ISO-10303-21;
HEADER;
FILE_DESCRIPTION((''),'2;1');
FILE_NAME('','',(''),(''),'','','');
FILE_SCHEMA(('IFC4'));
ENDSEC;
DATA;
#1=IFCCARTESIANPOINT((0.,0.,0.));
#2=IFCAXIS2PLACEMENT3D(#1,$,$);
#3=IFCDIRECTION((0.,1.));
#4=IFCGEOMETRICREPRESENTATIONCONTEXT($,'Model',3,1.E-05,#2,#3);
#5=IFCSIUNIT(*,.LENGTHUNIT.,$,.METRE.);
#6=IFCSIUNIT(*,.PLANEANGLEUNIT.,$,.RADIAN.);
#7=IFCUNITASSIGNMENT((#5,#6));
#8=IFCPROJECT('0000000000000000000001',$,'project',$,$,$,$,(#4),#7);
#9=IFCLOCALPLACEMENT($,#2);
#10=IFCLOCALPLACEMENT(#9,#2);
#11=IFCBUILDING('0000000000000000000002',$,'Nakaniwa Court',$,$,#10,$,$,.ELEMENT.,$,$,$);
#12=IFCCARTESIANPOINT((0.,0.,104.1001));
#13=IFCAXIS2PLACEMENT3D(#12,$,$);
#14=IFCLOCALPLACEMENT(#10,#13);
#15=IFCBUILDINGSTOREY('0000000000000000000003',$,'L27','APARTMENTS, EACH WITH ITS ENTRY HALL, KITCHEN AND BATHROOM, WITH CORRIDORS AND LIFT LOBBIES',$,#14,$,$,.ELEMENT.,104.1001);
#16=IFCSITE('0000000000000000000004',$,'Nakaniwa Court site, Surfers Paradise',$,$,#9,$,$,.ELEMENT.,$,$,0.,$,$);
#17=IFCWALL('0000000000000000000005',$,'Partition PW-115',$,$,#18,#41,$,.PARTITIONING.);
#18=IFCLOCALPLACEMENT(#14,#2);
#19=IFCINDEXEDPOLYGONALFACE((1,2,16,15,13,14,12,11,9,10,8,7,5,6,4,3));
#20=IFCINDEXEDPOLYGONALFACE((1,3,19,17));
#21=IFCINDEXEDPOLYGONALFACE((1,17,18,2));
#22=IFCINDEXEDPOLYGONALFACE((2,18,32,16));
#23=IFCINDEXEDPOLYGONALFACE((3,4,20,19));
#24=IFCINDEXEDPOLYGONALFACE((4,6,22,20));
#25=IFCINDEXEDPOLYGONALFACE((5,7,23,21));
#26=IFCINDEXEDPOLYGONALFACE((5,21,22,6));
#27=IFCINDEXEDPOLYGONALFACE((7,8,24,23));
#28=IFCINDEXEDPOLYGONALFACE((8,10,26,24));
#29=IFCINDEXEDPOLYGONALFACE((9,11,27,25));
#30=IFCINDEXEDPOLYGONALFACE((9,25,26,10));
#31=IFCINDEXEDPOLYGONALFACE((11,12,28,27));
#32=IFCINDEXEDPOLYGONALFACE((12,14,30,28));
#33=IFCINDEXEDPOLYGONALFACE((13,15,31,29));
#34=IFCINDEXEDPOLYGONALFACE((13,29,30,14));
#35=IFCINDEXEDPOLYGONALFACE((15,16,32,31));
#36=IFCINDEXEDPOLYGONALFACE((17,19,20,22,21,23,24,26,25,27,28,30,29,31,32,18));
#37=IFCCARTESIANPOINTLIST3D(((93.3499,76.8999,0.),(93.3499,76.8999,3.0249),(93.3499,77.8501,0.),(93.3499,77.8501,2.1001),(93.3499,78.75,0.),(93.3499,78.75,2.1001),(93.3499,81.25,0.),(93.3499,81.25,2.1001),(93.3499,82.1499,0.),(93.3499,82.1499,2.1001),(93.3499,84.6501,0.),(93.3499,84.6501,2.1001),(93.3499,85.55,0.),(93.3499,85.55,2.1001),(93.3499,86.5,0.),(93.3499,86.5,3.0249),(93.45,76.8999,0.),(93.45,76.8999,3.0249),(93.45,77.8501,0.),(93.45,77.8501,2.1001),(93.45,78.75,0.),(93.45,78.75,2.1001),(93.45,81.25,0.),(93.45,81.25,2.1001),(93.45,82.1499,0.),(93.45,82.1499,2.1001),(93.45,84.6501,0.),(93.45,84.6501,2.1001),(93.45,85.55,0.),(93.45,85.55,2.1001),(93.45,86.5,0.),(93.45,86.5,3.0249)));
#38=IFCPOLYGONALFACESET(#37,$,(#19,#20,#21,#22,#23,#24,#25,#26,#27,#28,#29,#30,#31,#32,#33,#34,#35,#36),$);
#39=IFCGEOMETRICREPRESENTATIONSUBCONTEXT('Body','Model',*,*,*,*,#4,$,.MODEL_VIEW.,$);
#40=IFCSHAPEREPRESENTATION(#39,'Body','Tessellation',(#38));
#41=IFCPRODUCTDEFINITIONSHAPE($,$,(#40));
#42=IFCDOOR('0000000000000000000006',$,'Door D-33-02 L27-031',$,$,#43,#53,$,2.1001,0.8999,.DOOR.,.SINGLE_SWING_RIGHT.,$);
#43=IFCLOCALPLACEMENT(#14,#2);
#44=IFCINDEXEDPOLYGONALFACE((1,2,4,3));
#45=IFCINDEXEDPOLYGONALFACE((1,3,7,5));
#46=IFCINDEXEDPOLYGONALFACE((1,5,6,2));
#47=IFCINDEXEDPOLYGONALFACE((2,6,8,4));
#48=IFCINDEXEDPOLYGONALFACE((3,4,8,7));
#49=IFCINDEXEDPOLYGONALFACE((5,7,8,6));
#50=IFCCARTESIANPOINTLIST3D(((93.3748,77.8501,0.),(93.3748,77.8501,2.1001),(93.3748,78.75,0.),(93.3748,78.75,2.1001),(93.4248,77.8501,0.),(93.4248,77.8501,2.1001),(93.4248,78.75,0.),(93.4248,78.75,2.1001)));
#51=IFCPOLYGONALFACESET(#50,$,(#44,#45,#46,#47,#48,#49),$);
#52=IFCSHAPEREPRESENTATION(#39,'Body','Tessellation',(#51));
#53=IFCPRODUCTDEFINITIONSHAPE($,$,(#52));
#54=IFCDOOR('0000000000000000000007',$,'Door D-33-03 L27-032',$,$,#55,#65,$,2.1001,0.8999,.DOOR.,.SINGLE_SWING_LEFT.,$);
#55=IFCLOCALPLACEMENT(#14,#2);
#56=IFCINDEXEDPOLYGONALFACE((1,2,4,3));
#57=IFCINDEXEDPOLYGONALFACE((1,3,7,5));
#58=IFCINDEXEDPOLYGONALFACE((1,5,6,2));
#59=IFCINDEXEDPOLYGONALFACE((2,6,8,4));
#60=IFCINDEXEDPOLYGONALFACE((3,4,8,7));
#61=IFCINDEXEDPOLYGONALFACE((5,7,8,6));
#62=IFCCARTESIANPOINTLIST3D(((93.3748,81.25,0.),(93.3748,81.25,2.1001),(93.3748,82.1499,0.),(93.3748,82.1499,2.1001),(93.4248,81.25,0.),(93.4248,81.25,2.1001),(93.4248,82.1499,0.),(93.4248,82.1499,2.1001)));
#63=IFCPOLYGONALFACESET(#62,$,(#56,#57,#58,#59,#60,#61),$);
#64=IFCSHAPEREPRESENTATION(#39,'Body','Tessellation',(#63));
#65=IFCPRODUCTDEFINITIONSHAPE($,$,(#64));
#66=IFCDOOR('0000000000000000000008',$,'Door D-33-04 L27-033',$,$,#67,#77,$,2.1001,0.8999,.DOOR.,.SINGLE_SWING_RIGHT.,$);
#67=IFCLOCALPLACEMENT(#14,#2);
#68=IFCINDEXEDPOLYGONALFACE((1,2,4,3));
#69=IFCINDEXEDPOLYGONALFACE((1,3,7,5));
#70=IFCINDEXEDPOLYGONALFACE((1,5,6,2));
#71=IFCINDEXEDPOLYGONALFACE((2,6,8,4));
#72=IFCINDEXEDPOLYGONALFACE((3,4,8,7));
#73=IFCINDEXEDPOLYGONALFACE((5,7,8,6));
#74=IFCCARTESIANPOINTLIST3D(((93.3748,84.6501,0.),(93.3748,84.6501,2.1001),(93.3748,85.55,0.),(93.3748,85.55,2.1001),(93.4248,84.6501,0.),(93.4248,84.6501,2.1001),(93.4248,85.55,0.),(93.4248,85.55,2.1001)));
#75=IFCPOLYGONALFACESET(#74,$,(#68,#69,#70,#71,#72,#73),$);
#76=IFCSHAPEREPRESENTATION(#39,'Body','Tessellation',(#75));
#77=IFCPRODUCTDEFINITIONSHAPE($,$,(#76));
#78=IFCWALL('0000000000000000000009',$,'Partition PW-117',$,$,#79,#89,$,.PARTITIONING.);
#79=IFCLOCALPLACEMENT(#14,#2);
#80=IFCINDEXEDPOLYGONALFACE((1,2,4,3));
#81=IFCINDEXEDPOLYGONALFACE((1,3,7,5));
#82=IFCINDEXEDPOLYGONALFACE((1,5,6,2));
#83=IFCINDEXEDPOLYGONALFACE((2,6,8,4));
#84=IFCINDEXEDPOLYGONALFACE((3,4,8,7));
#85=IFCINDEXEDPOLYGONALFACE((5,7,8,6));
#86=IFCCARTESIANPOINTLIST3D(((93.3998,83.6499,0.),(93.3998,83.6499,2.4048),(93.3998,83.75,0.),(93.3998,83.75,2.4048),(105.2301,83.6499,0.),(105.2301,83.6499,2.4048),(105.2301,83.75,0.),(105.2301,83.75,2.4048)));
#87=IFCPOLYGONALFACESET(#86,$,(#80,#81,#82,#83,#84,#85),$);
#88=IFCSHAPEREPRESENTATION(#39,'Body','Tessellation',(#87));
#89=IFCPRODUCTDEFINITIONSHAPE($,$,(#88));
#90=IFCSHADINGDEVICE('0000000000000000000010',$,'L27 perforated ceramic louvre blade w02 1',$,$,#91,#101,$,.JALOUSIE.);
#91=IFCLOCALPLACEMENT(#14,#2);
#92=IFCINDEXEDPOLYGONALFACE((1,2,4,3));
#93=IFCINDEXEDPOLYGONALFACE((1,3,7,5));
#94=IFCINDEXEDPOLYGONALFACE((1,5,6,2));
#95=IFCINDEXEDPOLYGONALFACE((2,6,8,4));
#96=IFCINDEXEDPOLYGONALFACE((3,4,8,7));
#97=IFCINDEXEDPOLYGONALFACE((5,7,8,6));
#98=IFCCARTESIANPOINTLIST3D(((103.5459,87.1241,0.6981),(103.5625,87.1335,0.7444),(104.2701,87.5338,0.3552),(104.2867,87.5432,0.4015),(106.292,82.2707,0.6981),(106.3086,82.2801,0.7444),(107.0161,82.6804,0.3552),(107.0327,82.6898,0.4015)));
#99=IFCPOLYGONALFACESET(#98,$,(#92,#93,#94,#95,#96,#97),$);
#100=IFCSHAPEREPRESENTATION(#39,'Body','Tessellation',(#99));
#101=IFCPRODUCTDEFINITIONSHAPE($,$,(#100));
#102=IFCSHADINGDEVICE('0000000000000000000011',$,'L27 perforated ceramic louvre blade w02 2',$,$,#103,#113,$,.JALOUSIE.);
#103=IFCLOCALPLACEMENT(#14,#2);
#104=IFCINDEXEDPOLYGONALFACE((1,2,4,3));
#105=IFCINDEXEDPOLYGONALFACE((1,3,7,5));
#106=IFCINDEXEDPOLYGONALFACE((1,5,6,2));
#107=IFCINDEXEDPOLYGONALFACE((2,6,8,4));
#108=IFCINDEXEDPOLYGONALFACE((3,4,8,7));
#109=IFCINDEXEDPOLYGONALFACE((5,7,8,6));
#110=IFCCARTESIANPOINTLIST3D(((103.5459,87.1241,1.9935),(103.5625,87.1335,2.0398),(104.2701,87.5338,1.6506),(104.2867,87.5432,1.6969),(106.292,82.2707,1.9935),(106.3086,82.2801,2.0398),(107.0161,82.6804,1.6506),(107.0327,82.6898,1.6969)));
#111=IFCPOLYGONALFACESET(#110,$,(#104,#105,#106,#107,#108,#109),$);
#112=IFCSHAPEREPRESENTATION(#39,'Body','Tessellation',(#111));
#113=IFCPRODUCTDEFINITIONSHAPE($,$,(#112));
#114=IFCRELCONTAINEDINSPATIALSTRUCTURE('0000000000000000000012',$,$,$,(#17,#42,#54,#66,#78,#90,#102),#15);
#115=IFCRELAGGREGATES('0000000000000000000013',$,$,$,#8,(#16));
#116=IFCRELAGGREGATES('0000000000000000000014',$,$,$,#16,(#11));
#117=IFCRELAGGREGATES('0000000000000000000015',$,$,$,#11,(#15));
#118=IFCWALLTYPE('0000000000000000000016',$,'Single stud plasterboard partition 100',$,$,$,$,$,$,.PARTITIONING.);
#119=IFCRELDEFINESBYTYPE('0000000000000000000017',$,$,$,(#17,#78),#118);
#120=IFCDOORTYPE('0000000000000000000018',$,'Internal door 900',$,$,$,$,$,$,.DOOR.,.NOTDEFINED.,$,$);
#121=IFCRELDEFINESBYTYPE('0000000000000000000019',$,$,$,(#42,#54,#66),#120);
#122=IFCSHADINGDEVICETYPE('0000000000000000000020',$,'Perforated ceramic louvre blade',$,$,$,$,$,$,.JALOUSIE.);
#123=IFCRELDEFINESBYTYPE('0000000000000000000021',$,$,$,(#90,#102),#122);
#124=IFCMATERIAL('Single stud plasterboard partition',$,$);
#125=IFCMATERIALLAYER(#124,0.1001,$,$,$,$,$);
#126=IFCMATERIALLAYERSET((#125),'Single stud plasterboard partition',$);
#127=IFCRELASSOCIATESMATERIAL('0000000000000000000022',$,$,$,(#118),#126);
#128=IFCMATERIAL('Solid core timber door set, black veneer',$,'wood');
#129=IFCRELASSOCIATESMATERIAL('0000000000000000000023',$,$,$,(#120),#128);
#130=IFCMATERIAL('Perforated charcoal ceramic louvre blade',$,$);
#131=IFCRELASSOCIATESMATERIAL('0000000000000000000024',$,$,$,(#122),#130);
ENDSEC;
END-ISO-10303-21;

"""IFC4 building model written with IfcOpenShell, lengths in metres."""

from ifc_helpers import new_model, si_unit, direction, frame, frame_2d, origin, origin_2d, place, context, subcontext, project, spatial, rectangle, extrude, material, layer, layer_set, material_profile, profile_set, type_object, element, fill, save


model = new_model("IFC4")

# Units and contexts
model_context = context("Model", 3, precision=1e-05, world=origin(), true_north=direction((0.0, 1.0)))
body_context = subcontext(model_context, "Body", "Model", "MODEL_VIEW")
ifc_project = project(units=[si_unit("LENGTHUNIT", "METRE"), si_unit("PLANEANGLEUNIT", "RADIAN")], contexts=[model_context])

# Site, building, storey
site_placement = place(None, origin())
site = spatial("IfcSite", under=ifc_project, at=site_placement, Name="Nakaniwa Court site, Surfers Paradise", CompositionType="ELEMENT", RefElevation=0.0)
building_placement = place(site_placement, origin())
building = spatial("IfcBuilding", under=site, at=building_placement, Name="Nakaniwa Court", CompositionType="ELEMENT")
storey_placement = place(building_placement, frame((0.0, 0.0, 104.1001)))
storey = spatial("IfcBuildingStorey", under=building, at=storey_placement, Name="L27", Description="APARTMENTS, EACH WITH ITS ENTRY HALL, KITCHEN AND BATHROOM, WITH CORRIDORS AND LIFT LOBBIES", CompositionType="ELEMENT", Elevation=104.1001)

# Shared definitions
ifc_material_1 = material(Name="Single stud plasterboard partition")
ifc_layer_1 = layer(ifc_material_1, 0.1001)
ifc_layer_set_1 = layer_set([ifc_layer_1], Name="Single stud plasterboard partition")
wall_type_1 = type_object("IfcWallType", Name="Single stud plasterboard partition 100", PredefinedType="PARTITIONING", material=ifc_layer_set_1)

# Wall, openings, doors
wall_1_placement = place(storey_placement, frame((93.3999, 86.5, 0.0), z_axis=(0.0, 0.0, 1.0), x_axis=(0.0, -1.0, 0.0)))
wall_1 = element("IfcWall", 1, at=wall_1_placement, inside=storey, type_object=wall_type_1, Name="Partition PW-115", PredefinedType="PARTITIONING", context=body_context, shape_type="SweptSolid", body=[
    extrude(rectangle(XDim=9.6001, YDim=0.1001, at=frame_2d((4.8, 0.0))), origin(), (0.0, 0.0, 1.0), 3.0249),
])
opening_1_placement = place(wall_1_placement, frame((7.75, 0.0, 0.0)))
opening_1 = element("IfcOpeningElement", 2, at=opening_1_placement, cuts=wall_1, PredefinedType="OPENING", context=body_context, shape_type="SweptSolid", body=[
    extrude(rectangle(XDim=0.8999, YDim=2.1001, at=frame_2d((0.45, 1.05))), frame((0.0, 0.0601, 0.0), z_axis=(0.0, -1.0, 0.0), x_axis=(1.0, 0.0, 0.0)), (0.0, 0.0, 1.0), 0.1201),
])
opening_2_placement = place(wall_1_placement, frame((4.3501, 0.0, 0.0)))
opening_2 = element("IfcOpeningElement", 3, at=opening_2_placement, cuts=wall_1, PredefinedType="OPENING", context=body_context, shape_type="SweptSolid", body=[
    extrude(rectangle(XDim=0.8999, YDim=2.1001, at=frame_2d((0.45, 1.05))), frame((0.0, 0.0601, 0.0), z_axis=(0.0, -1.0, 0.0), x_axis=(1.0, 0.0, 0.0)), (0.0, 0.0, 1.0), 0.1201),
])
opening_3_placement = place(wall_1_placement, frame((0.95, 0.0, 0.0)))
opening_3 = element("IfcOpeningElement", 4, at=opening_3_placement, cuts=wall_1, PredefinedType="OPENING", context=body_context, shape_type="SweptSolid", body=[
    extrude(rectangle(XDim=0.8999, YDim=2.1001, at=frame_2d((0.45, 1.05))), frame((0.0, 0.0601, 0.0), z_axis=(0.0, -1.0, 0.0), x_axis=(1.0, 0.0, 0.0)), (0.0, 0.0, 1.0), 0.1201),
])
ifc_material_2 = material(Name="Solid core timber door set, black veneer", Category="wood")
door_type = type_object("IfcDoorType", Name="Internal door 900", OperationType="NOTDEFINED", PredefinedType="DOOR", material=ifc_material_2)
door_1_placement = place(opening_1_placement, origin())
door_1 = element("IfcDoor", 5, at=door_1_placement, inside=storey, type_object=door_type, Name="Door D-33-02 L27-031", OperationType="SINGLE_SWING_RIGHT", OverallHeight=2.1001, OverallWidth=0.8999, PredefinedType="DOOR", context=body_context, shape_type="SweptSolid", body=[
    extrude(rectangle(XDim=0.8999, YDim=2.1001, at=frame_2d((0.45, 1.05))), frame((0.0, 0.0249, 0.0), z_axis=(0.0, -1.0, 0.0), x_axis=(1.0, 0.0, 0.0)), (0.0, 0.0, 1.0), 0.05),
])
fill(opening_1, door_1)
door_2_placement = place(opening_2_placement, origin())
door_2 = element("IfcDoor", 6, at=door_2_placement, inside=storey, type_object=door_type, Name="Door D-33-03 L27-032", OperationType="SINGLE_SWING_LEFT", OverallHeight=2.1001, OverallWidth=0.8999, PredefinedType="DOOR", context=body_context, shape_type="SweptSolid", body=[
    extrude(rectangle(XDim=0.8999, YDim=2.1001, at=frame_2d((0.45, 1.05))), frame((0.0, 0.0249, 0.0), z_axis=(0.0, -1.0, 0.0), x_axis=(1.0, 0.0, 0.0)), (0.0, 0.0, 1.0), 0.05),
])
fill(opening_2, door_2)
door_3_placement = place(opening_3_placement, origin())
door_3 = element("IfcDoor", 7, at=door_3_placement, inside=storey, type_object=door_type, Name="Door D-33-04 L27-033", OperationType="SINGLE_SWING_RIGHT", OverallHeight=2.1001, OverallWidth=0.8999, PredefinedType="DOOR", context=body_context, shape_type="SweptSolid", body=[
    extrude(rectangle(XDim=0.8999, YDim=2.1001, at=frame_2d((0.45, 1.05))), frame((0.0, 0.0249, 0.0), z_axis=(0.0, -1.0, 0.0), x_axis=(1.0, 0.0, 0.0)), (0.0, 0.0, 1.0), 0.05),
])
fill(opening_3, door_3)

# Wall
wall_2_placement = place(storey_placement, frame((93.3999, 83.7, 0.0), z_axis=(0.0, 0.0, 1.0), x_axis=(1.0, 0.0, 0.0)))
element("IfcWall", 8, at=wall_2_placement, inside=storey, type_object=wall_type_1, Name="Partition PW-117", PredefinedType="PARTITIONING", context=body_context, shape_type="SweptSolid", body=[
    extrude(rectangle(XDim=11.8303, YDim=0.1001, at=frame_2d((5.915, 0.0))), origin(), (0.0, 0.0, 1.0), 2.4048),
])

# Shading devices
ifc_material_3 = material(Name="Perforated charcoal ceramic louvre blade")
ifc_material_profile_1 = material_profile(ifc_material_3, rectangle(XDim=0.8999, YDim=0.05, at=origin_2d()), Name="Perforated ceramic louvre blade")
ifc_profile_set_1 = profile_set([ifc_material_profile_1], Name="Perforated charcoal ceramic louvre blade")
shading_device_type = type_object("IfcShadingDeviceType", Name="Perforated ceramic louvre blade", PredefinedType="JALOUSIE", material=ifc_profile_set_1)
for number, where, z_axis, x_axis, name in (
    (9, (106.6624, 82.4802, 0.5498), (-0.492438, 0.870347, 0.0), (-0.804676, -0.455282, 0.38107), "L27 perforated ceramic louvre blade w02 1"),
    (10, (106.6624, 82.4802, 1.8452), (-0.492438, 0.870347, 0.0), (-0.804676, -0.455282, 0.38107), "L27 perforated ceramic louvre blade w02 2"),
):
    element("IfcShadingDevice", number, at=place(storey_placement, frame(where, z_axis=z_axis, x_axis=x_axis)), inside=storey, type_object=shading_device_type, Name=name, PredefinedType="JALOUSIE", context=body_context, shape_type="SweptSolid", body=[
        extrude(rectangle(XDim=0.8999, YDim=0.05, at=origin_2d()), origin(), (0.0, 0.0, 1.0), 5.5764),
    ])

save(model, "model.ifc")
